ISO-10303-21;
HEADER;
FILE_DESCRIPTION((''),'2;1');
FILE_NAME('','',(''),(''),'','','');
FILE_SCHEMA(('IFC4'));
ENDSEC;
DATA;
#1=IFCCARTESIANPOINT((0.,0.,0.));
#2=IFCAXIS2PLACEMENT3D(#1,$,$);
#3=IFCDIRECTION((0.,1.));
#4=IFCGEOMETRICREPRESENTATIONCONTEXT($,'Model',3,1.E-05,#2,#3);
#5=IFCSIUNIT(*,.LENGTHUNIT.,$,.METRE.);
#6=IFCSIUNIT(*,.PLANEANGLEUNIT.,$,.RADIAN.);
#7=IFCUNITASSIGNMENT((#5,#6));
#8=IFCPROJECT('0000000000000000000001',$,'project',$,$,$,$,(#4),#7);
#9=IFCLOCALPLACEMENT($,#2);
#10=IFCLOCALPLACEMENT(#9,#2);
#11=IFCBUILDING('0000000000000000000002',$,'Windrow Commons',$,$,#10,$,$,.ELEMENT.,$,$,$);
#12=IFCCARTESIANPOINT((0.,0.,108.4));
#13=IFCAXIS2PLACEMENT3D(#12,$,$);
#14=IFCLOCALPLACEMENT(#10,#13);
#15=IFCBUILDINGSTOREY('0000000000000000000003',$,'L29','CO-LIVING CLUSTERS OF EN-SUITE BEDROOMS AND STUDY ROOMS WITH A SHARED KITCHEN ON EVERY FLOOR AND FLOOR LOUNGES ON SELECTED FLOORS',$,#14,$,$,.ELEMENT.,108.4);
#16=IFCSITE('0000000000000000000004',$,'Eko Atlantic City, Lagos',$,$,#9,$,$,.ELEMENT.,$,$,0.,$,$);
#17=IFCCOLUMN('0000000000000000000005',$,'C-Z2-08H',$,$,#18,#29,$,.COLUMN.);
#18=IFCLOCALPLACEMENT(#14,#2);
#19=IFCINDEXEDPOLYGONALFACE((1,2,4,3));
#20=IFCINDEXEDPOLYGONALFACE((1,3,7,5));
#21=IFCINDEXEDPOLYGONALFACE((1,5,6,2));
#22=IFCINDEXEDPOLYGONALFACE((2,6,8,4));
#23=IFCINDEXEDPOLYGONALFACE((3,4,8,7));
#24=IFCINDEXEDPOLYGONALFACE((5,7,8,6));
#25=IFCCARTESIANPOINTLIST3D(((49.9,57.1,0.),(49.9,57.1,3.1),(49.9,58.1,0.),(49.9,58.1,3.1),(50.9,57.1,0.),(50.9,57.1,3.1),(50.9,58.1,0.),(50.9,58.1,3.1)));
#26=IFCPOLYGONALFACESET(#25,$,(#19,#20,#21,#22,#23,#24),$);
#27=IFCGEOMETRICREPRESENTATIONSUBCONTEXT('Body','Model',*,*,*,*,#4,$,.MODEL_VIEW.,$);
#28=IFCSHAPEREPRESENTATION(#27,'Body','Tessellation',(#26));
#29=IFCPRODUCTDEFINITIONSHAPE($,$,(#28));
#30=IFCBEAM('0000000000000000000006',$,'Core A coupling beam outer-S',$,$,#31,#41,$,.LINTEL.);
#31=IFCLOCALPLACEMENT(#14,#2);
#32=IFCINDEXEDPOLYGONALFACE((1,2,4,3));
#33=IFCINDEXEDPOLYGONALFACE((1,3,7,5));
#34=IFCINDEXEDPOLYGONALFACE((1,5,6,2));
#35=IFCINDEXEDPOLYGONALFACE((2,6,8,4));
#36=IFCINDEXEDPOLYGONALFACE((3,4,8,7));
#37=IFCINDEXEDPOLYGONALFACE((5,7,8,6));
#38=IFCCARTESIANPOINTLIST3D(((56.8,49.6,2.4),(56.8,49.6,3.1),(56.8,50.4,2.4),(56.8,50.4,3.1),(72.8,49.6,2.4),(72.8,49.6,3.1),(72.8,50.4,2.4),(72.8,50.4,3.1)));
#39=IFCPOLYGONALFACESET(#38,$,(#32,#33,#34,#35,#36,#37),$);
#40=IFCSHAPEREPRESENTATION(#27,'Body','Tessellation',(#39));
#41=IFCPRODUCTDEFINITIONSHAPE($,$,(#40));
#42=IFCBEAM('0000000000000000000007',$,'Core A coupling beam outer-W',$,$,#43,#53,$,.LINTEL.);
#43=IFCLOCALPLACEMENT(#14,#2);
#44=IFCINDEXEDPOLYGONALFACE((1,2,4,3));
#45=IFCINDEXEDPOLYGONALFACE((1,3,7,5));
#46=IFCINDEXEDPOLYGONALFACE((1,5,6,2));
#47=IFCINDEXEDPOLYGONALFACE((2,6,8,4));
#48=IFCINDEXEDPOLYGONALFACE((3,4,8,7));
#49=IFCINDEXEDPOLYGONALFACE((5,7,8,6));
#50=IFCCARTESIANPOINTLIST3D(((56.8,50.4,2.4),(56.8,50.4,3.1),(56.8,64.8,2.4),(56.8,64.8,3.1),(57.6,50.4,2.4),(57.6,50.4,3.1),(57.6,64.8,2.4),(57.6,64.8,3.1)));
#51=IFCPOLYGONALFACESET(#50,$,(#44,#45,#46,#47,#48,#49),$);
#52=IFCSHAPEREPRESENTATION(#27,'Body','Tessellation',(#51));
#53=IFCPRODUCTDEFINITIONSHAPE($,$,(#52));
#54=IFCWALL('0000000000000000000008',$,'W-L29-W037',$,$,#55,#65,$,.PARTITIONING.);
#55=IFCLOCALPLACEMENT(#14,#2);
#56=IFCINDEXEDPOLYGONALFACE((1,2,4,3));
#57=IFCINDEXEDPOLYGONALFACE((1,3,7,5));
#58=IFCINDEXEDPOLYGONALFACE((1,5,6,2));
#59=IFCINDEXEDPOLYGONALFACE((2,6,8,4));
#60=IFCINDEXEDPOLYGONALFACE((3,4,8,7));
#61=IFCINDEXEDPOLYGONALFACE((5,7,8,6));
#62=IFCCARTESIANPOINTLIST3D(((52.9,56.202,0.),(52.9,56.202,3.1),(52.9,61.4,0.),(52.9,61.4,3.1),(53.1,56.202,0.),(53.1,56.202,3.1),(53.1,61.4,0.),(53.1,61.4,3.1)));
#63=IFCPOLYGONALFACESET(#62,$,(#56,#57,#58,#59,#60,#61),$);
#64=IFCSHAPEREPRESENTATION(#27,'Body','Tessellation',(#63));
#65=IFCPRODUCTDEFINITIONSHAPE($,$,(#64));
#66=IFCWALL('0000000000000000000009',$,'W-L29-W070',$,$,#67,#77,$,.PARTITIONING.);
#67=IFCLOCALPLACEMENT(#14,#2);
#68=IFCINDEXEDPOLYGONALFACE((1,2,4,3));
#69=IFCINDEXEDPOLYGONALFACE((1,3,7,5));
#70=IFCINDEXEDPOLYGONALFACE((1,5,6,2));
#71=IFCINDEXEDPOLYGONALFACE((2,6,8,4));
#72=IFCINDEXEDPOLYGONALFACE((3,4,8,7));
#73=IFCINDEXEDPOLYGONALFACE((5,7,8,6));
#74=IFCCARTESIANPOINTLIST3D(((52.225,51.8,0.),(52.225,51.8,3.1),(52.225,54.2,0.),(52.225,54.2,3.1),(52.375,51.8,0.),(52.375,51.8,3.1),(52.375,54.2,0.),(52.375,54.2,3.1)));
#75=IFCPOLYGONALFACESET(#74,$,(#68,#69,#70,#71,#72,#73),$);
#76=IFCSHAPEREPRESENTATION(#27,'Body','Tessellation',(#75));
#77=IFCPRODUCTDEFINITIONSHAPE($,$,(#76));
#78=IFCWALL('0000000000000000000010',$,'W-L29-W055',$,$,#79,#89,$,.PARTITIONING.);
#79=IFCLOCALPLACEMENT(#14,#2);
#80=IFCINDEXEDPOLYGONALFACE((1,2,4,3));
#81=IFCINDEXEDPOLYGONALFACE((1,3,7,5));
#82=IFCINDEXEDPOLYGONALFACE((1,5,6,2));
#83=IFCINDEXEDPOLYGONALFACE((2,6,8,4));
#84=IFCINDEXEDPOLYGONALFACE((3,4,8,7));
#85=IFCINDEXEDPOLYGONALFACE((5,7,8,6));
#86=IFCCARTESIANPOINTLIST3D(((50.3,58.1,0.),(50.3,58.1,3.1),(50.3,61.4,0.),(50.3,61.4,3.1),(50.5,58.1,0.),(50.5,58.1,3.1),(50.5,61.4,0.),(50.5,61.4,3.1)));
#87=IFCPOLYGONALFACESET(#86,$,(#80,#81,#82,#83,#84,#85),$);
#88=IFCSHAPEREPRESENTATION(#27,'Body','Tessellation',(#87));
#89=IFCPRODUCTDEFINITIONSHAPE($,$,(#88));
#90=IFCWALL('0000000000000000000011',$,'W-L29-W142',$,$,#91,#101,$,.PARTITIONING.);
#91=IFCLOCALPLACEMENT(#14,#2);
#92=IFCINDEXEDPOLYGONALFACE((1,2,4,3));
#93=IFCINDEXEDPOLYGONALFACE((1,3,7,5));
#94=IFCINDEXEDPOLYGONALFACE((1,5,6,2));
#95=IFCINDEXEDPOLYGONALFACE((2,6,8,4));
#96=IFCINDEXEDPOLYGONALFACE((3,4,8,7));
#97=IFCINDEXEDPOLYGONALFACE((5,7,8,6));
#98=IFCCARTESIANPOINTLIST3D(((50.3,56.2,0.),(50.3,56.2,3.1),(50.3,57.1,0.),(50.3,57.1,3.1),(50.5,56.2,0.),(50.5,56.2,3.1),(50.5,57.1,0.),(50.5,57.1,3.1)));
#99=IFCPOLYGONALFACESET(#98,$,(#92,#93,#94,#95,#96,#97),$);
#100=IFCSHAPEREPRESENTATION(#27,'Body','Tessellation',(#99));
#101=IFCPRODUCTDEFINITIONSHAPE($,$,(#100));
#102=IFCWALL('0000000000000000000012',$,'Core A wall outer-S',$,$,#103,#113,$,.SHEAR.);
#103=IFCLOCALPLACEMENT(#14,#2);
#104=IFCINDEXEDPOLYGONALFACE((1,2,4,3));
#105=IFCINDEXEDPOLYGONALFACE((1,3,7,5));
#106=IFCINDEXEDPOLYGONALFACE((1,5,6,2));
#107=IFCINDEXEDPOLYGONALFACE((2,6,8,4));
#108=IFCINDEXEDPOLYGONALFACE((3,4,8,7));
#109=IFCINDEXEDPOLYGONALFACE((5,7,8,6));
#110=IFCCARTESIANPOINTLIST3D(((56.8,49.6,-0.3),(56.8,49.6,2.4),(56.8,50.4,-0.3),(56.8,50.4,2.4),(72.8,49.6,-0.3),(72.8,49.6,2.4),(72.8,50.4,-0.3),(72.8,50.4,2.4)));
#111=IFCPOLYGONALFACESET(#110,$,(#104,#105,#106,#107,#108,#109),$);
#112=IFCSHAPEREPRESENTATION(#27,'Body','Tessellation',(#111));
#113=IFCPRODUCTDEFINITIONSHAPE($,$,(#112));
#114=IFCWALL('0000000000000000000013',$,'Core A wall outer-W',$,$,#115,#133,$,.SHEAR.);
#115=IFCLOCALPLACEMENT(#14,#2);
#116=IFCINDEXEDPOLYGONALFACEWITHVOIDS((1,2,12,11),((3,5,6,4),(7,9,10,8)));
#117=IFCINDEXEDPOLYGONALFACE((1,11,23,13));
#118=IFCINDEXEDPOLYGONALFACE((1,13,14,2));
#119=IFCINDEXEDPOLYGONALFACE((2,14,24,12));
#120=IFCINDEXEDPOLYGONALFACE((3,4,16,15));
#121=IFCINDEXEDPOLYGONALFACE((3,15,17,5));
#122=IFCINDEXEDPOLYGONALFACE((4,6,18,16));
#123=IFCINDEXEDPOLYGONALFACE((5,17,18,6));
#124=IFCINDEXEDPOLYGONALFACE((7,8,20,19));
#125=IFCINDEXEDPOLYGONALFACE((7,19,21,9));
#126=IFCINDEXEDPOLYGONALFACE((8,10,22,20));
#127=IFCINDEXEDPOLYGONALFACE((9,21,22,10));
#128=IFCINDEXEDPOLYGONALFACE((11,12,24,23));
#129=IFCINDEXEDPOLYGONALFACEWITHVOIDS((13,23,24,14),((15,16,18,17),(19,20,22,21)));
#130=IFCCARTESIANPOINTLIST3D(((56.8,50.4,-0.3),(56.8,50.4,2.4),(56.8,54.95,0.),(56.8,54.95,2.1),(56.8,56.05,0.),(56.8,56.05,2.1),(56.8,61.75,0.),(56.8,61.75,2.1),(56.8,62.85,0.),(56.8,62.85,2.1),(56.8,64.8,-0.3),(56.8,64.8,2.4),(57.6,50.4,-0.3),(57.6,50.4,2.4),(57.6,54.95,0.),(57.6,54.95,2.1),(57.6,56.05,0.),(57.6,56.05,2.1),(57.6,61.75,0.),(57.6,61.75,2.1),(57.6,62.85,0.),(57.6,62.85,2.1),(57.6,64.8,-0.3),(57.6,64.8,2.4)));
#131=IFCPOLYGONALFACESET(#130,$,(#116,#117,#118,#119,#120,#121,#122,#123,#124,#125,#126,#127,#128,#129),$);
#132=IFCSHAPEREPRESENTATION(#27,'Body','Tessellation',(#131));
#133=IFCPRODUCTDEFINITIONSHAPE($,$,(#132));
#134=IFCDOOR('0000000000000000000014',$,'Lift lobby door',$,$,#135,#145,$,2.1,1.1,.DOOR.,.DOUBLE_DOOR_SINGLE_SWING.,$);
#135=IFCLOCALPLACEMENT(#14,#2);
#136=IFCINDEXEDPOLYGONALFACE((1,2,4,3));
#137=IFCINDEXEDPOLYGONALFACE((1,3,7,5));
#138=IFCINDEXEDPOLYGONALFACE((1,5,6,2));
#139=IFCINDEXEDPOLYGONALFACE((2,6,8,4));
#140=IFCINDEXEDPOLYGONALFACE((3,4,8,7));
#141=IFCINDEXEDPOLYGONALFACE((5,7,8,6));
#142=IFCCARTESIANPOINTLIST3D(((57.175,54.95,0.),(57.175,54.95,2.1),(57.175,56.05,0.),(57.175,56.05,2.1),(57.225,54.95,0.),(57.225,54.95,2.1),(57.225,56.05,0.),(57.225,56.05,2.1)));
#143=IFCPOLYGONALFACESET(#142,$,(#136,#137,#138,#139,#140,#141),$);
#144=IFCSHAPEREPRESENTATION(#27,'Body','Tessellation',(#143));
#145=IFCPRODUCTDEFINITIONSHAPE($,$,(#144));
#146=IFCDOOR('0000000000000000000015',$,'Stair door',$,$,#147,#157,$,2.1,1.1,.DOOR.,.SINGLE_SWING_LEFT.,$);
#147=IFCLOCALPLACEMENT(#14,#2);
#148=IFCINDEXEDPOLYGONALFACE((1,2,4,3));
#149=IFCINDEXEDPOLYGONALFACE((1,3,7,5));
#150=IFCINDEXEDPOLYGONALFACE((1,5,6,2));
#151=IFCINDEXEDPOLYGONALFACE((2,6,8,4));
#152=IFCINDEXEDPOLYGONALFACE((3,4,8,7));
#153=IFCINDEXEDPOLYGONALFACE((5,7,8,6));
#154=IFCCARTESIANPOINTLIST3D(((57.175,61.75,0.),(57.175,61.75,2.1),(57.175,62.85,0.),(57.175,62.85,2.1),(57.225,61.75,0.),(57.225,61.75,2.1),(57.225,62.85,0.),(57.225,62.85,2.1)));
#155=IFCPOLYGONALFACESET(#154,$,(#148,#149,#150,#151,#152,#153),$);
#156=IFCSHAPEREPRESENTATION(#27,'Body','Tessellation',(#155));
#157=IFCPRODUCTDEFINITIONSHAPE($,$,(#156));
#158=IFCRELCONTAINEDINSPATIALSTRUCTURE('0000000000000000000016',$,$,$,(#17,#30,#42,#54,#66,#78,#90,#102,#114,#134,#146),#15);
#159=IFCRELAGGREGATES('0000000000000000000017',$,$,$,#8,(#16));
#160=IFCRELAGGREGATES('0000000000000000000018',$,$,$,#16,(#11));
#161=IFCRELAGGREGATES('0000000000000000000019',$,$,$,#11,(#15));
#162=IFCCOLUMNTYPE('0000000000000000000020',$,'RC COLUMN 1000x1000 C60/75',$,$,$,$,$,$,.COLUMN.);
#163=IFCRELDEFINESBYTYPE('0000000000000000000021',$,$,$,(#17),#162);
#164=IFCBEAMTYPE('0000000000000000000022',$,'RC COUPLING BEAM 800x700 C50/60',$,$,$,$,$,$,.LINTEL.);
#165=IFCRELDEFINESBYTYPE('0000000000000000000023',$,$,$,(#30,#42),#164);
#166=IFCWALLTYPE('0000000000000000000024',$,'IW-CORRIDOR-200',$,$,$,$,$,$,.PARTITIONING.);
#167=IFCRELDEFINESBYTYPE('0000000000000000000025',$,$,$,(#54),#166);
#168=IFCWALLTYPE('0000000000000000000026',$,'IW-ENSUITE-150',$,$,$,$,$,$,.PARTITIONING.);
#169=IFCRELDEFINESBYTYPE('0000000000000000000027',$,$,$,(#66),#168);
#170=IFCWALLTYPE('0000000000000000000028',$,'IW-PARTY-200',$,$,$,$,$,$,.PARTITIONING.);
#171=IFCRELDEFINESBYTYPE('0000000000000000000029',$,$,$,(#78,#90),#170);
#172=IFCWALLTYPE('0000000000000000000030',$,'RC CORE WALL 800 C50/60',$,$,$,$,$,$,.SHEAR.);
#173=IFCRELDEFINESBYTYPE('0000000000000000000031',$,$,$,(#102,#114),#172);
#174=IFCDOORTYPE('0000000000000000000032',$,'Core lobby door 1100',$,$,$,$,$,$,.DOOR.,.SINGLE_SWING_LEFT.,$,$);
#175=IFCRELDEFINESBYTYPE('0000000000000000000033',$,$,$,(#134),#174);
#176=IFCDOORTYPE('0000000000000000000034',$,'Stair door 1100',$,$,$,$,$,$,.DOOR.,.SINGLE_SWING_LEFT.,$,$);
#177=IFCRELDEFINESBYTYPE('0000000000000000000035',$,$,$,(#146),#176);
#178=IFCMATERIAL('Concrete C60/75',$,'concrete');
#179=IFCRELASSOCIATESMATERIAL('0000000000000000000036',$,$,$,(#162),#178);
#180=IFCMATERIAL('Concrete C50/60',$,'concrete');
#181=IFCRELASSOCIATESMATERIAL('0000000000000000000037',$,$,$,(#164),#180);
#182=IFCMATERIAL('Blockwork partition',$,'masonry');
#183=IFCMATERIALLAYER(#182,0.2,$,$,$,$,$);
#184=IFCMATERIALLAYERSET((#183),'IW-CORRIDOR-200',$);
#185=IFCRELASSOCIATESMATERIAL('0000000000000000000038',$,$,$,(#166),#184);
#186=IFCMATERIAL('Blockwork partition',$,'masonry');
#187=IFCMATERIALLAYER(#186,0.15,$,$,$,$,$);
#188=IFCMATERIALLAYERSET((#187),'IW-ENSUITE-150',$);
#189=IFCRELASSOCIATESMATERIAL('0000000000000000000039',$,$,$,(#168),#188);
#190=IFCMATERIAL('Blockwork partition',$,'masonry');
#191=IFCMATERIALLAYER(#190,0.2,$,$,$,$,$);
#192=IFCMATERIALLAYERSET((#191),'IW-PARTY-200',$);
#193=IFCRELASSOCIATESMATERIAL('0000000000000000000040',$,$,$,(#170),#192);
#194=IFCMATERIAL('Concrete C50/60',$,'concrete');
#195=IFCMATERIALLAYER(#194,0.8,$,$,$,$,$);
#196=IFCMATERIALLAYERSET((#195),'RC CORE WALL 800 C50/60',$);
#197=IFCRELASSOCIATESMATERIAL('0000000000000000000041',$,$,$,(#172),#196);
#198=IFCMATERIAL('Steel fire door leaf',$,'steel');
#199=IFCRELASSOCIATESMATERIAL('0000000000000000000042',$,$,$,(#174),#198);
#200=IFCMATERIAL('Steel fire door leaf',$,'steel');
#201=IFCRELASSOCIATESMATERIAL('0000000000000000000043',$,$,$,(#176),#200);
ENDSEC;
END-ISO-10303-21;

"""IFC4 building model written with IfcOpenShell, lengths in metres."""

from ifc_helpers import new_model, si_unit, direction, frame, frame_2d, origin, origin_2d, place, context, subcontext, project, spatial, rectangle, extrude, material, layer, layer_set, material_profile, profile_set, type_object, element, fill, save


model = new_model("IFC4")

# Units and contexts
model_context = context("Model", 3, precision=1e-05, world=origin(), true_north=direction((0.0, 1.0)))
body_context = subcontext(model_context, "Body", "Model", "MODEL_VIEW")
ifc_project = project(units=[si_unit("LENGTHUNIT", "METRE"), si_unit("PLANEANGLEUNIT", "RADIAN")], contexts=[model_context])

# Site, building, storey
site_placement = place(None, origin())
site = spatial("IfcSite", under=ifc_project, at=site_placement, Name="Eko Atlantic City, Lagos", CompositionType="ELEMENT", RefElevation=0.0)
building_placement = place(site_placement, origin())
building = spatial("IfcBuilding", under=site, at=building_placement, Name="Windrow Commons", CompositionType="ELEMENT")
storey_placement = place(building_placement, frame((0.0, 0.0, 108.4)))
storey = spatial("IfcBuildingStorey", under=building, at=storey_placement, Name="L29", Description="CO-LIVING CLUSTERS OF EN-SUITE BEDROOMS AND STUDY ROOMS WITH A SHARED KITCHEN ON EVERY FLOOR AND FLOOR LOUNGES ON SELECTED FLOORS", CompositionType="ELEMENT", Elevation=108.4)

# Column
ifc_material_1 = material(Name="Concrete C60/75", Category="concrete")
ifc_material_profile_1 = material_profile(ifc_material_1, rectangle(XDim=1.0, YDim=1.0, at=origin_2d()))
ifc_profile_set_1 = profile_set([ifc_material_profile_1], Name="Concrete C60/75")
column_type = type_object("IfcColumnType", Name="RC COLUMN 1000x1000 C60/75", PredefinedType="COLUMN", material=ifc_profile_set_1)
column_placement = place(storey_placement, frame((50.4, 57.6, 0.0), z_axis=(0.0, 0.0, 1.0), x_axis=(1.0, 0.0, 0.0)))
element("IfcColumn", 1, at=column_placement, inside=storey, type_object=column_type, Name="C-Z2-08H", PredefinedType="COLUMN", context=body_context, shape_type="SweptSolid", body=[
    extrude(rectangle(XDim=1.0, YDim=1.0, at=origin_2d()), origin(), (0.0, 0.0, 1.0), 3.1),
])

# Beams
ifc_material_2 = material(Name="Concrete C50/60", Category="concrete")
ifc_material_profile_2 = material_profile(ifc_material_2, rectangle(XDim=0.8, YDim=0.7, at=origin_2d()))
ifc_profile_set_2 = profile_set([ifc_material_profile_2], Name="Concrete C50/60")
beam_type = type_object("IfcBeamType", Name="RC COUPLING BEAM 800x700 C50/60", PredefinedType="LINTEL", material=ifc_profile_set_2)
beam_1_placement = place(storey_placement, frame((56.8, 50.0, 2.75), z_axis=(1.0, 0.0, 0.0), x_axis=(0.0, 1.0, 0.0)))
element("IfcBeam", 2, at=beam_1_placement, inside=storey, type_object=beam_type, Name="Core A coupling beam outer-S", PredefinedType="LINTEL", context=body_context, shape_type="SweptSolid", body=[
    extrude(rectangle(XDim=0.8, YDim=0.7, at=origin_2d()), origin(), (0.0, 0.0, 1.0), 16.0),
])
beam_2_placement = place(storey_placement, frame((57.2, 50.4, 2.75), z_axis=(0.0, 1.0, 0.0), x_axis=(-1.0, 0.0, 0.0)))
element("IfcBeam", 3, at=beam_2_placement, inside=storey, type_object=beam_type, Name="Core A coupling beam outer-W", PredefinedType="LINTEL", context=body_context, shape_type="SweptSolid", body=[
    extrude(rectangle(XDim=0.8, YDim=0.7, at=origin_2d()), origin(), (0.0, 0.0, 1.0), 14.4),
])

# Walls
ifc_material_3 = material(Name="Blockwork partition", Category="masonry")
ifc_layer_1 = layer(ifc_material_3, 0.2)
ifc_layer_set_1 = layer_set([ifc_layer_1], Name="IW-CORRIDOR-200")
wall_type_1 = type_object("IfcWallType", Name="IW-CORRIDOR-200", PredefinedType="PARTITIONING", material=ifc_layer_set_1)
wall_1_placement = place(storey_placement, frame((53.0, 56.202, 0.0), z_axis=(0.0, 0.0, 1.0), x_axis=(0.0, 1.0, 0.0)))
element("IfcWall", 4, at=wall_1_placement, inside=storey, type_object=wall_type_1, Name="W-L29-W037", PredefinedType="PARTITIONING", context=body_context, shape_type="SweptSolid", body=[
    extrude(rectangle(XDim=5.198, YDim=0.2, at=frame_2d((2.599, 0.0))), origin(), (0.0, 0.0, 1.0), 3.1),
])
ifc_material_4 = material(Name="Blockwork partition", Category="masonry")
ifc_layer_2 = layer(ifc_material_4, 0.15)
ifc_layer_set_2 = layer_set([ifc_layer_2], Name="IW-ENSUITE-150")
wall_type_2 = type_object("IfcWallType", Name="IW-ENSUITE-150", PredefinedType="PARTITIONING", material=ifc_layer_set_2)
wall_2_placement = place(storey_placement, frame((52.3, 51.8, 0.0), z_axis=(0.0, 0.0, 1.0), x_axis=(0.0, 1.0, 0.0)))
element("IfcWall", 5, at=wall_2_placement, inside=storey, type_object=wall_type_2, Name="W-L29-W070", PredefinedType="PARTITIONING", context=body_context, shape_type="SweptSolid", body=[
    extrude(rectangle(XDim=2.4, YDim=0.15, at=frame_2d((1.2, 0.0))), origin(), (0.0, 0.0, 1.0), 3.1),
])
ifc_material_5 = material(Name="Blockwork partition", Category="masonry")
ifc_layer_3 = layer(ifc_material_5, 0.2)
ifc_layer_set_3 = layer_set([ifc_layer_3], Name="IW-PARTY-200")
wall_type_3 = type_object("IfcWallType", Name="IW-PARTY-200", PredefinedType="PARTITIONING", material=ifc_layer_set_3)
wall_3_placement = place(storey_placement, frame((50.4, 58.1, 0.0), z_axis=(0.0, 0.0, 1.0), x_axis=(0.0, 1.0, 0.0)))
element("IfcWall", 6, at=wall_3_placement, inside=storey, type_object=wall_type_3, Name="W-L29-W055", PredefinedType="PARTITIONING", context=body_context, shape_type="SweptSolid", body=[
    extrude(rectangle(XDim=3.3, YDim=0.2, at=frame_2d((1.65, 0.0))), origin(), (0.0, 0.0, 1.0), 3.1),
])
wall_4_placement = place(storey_placement, frame((50.4, 56.2, 0.0), z_axis=(0.0, 0.0, 1.0), x_axis=(0.0, 1.0, 0.0)))
element("IfcWall", 7, at=wall_4_placement, inside=storey, type_object=wall_type_3, Name="W-L29-W142", PredefinedType="PARTITIONING", context=body_context, shape_type="SweptSolid", body=[
    extrude(rectangle(XDim=0.9, YDim=0.2, at=frame_2d((0.45, 0.0))), origin(), (0.0, 0.0, 1.0), 3.1),
])
ifc_material_6 = material(Name="Concrete C50/60", Category="concrete")
ifc_layer_4 = layer(ifc_material_6, 0.8)
ifc_layer_set_4 = layer_set([ifc_layer_4], Name="RC CORE WALL 800 C50/60")
wall_type_4 = type_object("IfcWallType", Name="RC CORE WALL 800 C50/60", PredefinedType="SHEAR", material=ifc_layer_set_4)
wall_5_placement = place(storey_placement, frame((56.8, 50.0, -0.3), z_axis=(0.0, 0.0, 1.0), x_axis=(1.0, 0.0, 0.0)))
element("IfcWall", 8, at=wall_5_placement, inside=storey, type_object=wall_type_4, Name="Core A wall outer-S", PredefinedType="SHEAR", context=body_context, shape_type="SweptSolid", body=[
    extrude(rectangle(XDim=16.0, YDim=0.8, at=frame_2d((8.0, 0.0))), origin(), (0.0, 0.0, 1.0), 2.7),
])

# Wall, openings, doors
wall_6_placement = place(storey_placement, frame((57.2, 50.4, -0.3), z_axis=(0.0, 0.0, 1.0), x_axis=(0.0, 1.0, 0.0)))
wall_6 = element("IfcWall", 9, at=wall_6_placement, inside=storey, type_object=wall_type_4, Name="Core A wall outer-W", PredefinedType="SHEAR", context=body_context, shape_type="SweptSolid", body=[
    extrude(rectangle(XDim=14.4, YDim=0.8, at=frame_2d((7.2, 0.0))), origin(), (0.0, 0.0, 1.0), 2.7),
])
opening_1_placement = place(wall_6_placement, frame((4.55, 0.0, 0.3)))
opening_1 = element("IfcOpeningElement", 10, at=opening_1_placement, cuts=wall_6, PredefinedType="OPENING", context=body_context, shape_type="SweptSolid", body=[
    extrude(rectangle(XDim=1.1, YDim=2.1, at=frame_2d((0.55, 1.05))), frame((0.0, 0.41, 0.0), z_axis=(0.0, -1.0, 0.0), x_axis=(1.0, 0.0, 0.0)), (0.0, 0.0, 1.0), 0.82),
])
opening_2_placement = place(wall_6_placement, frame((11.35, 0.0, 0.3)))
opening_2 = element("IfcOpeningElement", 11, at=opening_2_placement, cuts=wall_6, PredefinedType="OPENING", context=body_context, shape_type="SweptSolid", body=[
    extrude(rectangle(XDim=1.1, YDim=2.1, at=frame_2d((0.55, 1.05))), frame((0.0, 0.41, 0.0), z_axis=(0.0, -1.0, 0.0), x_axis=(1.0, 0.0, 0.0)), (0.0, 0.0, 1.0), 0.82),
])
ifc_material_7 = material(Name="Steel fire door leaf", Category="steel")
door_type_1 = type_object("IfcDoorType", Name="Core lobby door 1100", OperationType="SINGLE_SWING_LEFT", PredefinedType="DOOR", material=ifc_material_7)
door_1_placement = place(opening_1_placement, origin())
door_1 = element("IfcDoor", 12, at=door_1_placement, inside=storey, type_object=door_type_1, Name="Lift lobby door", OperationType="DOUBLE_DOOR_SINGLE_SWING", OverallHeight=2.1, OverallWidth=1.1, PredefinedType="DOOR", context=body_context, shape_type="SweptSolid", body=[
    extrude(rectangle(XDim=1.1, YDim=2.1, at=frame_2d((0.55, 1.05))), frame((0.0, 0.025, 0.0), z_axis=(0.0, -1.0, 0.0), x_axis=(1.0, 0.0, 0.0)), (0.0, 0.0, 1.0), 0.05),
])
fill(opening_1, door_1)
ifc_material_8 = material(Name="Steel fire door leaf", Category="steel")
door_type_2 = type_object("IfcDoorType", Name="Stair door 1100", OperationType="SINGLE_SWING_LEFT", PredefinedType="DOOR", material=ifc_material_8)
door_2_placement = place(opening_2_placement, origin())
door_2 = element("IfcDoor", 13, at=door_2_placement, inside=storey, type_object=door_type_2, Name="Stair door", OperationType="SINGLE_SWING_LEFT", OverallHeight=2.1, OverallWidth=1.1, PredefinedType="DOOR", context=body_context, shape_type="SweptSolid", body=[
    extrude(rectangle(XDim=1.1, YDim=2.1, at=frame_2d((0.55, 1.05))), frame((0.0, 0.025, 0.0), z_axis=(0.0, -1.0, 0.0), x_axis=(1.0, 0.0, 0.0)), (0.0, 0.0, 1.0), 0.05),
])
fill(opening_2, door_2)

save(model, "model.ifc")
